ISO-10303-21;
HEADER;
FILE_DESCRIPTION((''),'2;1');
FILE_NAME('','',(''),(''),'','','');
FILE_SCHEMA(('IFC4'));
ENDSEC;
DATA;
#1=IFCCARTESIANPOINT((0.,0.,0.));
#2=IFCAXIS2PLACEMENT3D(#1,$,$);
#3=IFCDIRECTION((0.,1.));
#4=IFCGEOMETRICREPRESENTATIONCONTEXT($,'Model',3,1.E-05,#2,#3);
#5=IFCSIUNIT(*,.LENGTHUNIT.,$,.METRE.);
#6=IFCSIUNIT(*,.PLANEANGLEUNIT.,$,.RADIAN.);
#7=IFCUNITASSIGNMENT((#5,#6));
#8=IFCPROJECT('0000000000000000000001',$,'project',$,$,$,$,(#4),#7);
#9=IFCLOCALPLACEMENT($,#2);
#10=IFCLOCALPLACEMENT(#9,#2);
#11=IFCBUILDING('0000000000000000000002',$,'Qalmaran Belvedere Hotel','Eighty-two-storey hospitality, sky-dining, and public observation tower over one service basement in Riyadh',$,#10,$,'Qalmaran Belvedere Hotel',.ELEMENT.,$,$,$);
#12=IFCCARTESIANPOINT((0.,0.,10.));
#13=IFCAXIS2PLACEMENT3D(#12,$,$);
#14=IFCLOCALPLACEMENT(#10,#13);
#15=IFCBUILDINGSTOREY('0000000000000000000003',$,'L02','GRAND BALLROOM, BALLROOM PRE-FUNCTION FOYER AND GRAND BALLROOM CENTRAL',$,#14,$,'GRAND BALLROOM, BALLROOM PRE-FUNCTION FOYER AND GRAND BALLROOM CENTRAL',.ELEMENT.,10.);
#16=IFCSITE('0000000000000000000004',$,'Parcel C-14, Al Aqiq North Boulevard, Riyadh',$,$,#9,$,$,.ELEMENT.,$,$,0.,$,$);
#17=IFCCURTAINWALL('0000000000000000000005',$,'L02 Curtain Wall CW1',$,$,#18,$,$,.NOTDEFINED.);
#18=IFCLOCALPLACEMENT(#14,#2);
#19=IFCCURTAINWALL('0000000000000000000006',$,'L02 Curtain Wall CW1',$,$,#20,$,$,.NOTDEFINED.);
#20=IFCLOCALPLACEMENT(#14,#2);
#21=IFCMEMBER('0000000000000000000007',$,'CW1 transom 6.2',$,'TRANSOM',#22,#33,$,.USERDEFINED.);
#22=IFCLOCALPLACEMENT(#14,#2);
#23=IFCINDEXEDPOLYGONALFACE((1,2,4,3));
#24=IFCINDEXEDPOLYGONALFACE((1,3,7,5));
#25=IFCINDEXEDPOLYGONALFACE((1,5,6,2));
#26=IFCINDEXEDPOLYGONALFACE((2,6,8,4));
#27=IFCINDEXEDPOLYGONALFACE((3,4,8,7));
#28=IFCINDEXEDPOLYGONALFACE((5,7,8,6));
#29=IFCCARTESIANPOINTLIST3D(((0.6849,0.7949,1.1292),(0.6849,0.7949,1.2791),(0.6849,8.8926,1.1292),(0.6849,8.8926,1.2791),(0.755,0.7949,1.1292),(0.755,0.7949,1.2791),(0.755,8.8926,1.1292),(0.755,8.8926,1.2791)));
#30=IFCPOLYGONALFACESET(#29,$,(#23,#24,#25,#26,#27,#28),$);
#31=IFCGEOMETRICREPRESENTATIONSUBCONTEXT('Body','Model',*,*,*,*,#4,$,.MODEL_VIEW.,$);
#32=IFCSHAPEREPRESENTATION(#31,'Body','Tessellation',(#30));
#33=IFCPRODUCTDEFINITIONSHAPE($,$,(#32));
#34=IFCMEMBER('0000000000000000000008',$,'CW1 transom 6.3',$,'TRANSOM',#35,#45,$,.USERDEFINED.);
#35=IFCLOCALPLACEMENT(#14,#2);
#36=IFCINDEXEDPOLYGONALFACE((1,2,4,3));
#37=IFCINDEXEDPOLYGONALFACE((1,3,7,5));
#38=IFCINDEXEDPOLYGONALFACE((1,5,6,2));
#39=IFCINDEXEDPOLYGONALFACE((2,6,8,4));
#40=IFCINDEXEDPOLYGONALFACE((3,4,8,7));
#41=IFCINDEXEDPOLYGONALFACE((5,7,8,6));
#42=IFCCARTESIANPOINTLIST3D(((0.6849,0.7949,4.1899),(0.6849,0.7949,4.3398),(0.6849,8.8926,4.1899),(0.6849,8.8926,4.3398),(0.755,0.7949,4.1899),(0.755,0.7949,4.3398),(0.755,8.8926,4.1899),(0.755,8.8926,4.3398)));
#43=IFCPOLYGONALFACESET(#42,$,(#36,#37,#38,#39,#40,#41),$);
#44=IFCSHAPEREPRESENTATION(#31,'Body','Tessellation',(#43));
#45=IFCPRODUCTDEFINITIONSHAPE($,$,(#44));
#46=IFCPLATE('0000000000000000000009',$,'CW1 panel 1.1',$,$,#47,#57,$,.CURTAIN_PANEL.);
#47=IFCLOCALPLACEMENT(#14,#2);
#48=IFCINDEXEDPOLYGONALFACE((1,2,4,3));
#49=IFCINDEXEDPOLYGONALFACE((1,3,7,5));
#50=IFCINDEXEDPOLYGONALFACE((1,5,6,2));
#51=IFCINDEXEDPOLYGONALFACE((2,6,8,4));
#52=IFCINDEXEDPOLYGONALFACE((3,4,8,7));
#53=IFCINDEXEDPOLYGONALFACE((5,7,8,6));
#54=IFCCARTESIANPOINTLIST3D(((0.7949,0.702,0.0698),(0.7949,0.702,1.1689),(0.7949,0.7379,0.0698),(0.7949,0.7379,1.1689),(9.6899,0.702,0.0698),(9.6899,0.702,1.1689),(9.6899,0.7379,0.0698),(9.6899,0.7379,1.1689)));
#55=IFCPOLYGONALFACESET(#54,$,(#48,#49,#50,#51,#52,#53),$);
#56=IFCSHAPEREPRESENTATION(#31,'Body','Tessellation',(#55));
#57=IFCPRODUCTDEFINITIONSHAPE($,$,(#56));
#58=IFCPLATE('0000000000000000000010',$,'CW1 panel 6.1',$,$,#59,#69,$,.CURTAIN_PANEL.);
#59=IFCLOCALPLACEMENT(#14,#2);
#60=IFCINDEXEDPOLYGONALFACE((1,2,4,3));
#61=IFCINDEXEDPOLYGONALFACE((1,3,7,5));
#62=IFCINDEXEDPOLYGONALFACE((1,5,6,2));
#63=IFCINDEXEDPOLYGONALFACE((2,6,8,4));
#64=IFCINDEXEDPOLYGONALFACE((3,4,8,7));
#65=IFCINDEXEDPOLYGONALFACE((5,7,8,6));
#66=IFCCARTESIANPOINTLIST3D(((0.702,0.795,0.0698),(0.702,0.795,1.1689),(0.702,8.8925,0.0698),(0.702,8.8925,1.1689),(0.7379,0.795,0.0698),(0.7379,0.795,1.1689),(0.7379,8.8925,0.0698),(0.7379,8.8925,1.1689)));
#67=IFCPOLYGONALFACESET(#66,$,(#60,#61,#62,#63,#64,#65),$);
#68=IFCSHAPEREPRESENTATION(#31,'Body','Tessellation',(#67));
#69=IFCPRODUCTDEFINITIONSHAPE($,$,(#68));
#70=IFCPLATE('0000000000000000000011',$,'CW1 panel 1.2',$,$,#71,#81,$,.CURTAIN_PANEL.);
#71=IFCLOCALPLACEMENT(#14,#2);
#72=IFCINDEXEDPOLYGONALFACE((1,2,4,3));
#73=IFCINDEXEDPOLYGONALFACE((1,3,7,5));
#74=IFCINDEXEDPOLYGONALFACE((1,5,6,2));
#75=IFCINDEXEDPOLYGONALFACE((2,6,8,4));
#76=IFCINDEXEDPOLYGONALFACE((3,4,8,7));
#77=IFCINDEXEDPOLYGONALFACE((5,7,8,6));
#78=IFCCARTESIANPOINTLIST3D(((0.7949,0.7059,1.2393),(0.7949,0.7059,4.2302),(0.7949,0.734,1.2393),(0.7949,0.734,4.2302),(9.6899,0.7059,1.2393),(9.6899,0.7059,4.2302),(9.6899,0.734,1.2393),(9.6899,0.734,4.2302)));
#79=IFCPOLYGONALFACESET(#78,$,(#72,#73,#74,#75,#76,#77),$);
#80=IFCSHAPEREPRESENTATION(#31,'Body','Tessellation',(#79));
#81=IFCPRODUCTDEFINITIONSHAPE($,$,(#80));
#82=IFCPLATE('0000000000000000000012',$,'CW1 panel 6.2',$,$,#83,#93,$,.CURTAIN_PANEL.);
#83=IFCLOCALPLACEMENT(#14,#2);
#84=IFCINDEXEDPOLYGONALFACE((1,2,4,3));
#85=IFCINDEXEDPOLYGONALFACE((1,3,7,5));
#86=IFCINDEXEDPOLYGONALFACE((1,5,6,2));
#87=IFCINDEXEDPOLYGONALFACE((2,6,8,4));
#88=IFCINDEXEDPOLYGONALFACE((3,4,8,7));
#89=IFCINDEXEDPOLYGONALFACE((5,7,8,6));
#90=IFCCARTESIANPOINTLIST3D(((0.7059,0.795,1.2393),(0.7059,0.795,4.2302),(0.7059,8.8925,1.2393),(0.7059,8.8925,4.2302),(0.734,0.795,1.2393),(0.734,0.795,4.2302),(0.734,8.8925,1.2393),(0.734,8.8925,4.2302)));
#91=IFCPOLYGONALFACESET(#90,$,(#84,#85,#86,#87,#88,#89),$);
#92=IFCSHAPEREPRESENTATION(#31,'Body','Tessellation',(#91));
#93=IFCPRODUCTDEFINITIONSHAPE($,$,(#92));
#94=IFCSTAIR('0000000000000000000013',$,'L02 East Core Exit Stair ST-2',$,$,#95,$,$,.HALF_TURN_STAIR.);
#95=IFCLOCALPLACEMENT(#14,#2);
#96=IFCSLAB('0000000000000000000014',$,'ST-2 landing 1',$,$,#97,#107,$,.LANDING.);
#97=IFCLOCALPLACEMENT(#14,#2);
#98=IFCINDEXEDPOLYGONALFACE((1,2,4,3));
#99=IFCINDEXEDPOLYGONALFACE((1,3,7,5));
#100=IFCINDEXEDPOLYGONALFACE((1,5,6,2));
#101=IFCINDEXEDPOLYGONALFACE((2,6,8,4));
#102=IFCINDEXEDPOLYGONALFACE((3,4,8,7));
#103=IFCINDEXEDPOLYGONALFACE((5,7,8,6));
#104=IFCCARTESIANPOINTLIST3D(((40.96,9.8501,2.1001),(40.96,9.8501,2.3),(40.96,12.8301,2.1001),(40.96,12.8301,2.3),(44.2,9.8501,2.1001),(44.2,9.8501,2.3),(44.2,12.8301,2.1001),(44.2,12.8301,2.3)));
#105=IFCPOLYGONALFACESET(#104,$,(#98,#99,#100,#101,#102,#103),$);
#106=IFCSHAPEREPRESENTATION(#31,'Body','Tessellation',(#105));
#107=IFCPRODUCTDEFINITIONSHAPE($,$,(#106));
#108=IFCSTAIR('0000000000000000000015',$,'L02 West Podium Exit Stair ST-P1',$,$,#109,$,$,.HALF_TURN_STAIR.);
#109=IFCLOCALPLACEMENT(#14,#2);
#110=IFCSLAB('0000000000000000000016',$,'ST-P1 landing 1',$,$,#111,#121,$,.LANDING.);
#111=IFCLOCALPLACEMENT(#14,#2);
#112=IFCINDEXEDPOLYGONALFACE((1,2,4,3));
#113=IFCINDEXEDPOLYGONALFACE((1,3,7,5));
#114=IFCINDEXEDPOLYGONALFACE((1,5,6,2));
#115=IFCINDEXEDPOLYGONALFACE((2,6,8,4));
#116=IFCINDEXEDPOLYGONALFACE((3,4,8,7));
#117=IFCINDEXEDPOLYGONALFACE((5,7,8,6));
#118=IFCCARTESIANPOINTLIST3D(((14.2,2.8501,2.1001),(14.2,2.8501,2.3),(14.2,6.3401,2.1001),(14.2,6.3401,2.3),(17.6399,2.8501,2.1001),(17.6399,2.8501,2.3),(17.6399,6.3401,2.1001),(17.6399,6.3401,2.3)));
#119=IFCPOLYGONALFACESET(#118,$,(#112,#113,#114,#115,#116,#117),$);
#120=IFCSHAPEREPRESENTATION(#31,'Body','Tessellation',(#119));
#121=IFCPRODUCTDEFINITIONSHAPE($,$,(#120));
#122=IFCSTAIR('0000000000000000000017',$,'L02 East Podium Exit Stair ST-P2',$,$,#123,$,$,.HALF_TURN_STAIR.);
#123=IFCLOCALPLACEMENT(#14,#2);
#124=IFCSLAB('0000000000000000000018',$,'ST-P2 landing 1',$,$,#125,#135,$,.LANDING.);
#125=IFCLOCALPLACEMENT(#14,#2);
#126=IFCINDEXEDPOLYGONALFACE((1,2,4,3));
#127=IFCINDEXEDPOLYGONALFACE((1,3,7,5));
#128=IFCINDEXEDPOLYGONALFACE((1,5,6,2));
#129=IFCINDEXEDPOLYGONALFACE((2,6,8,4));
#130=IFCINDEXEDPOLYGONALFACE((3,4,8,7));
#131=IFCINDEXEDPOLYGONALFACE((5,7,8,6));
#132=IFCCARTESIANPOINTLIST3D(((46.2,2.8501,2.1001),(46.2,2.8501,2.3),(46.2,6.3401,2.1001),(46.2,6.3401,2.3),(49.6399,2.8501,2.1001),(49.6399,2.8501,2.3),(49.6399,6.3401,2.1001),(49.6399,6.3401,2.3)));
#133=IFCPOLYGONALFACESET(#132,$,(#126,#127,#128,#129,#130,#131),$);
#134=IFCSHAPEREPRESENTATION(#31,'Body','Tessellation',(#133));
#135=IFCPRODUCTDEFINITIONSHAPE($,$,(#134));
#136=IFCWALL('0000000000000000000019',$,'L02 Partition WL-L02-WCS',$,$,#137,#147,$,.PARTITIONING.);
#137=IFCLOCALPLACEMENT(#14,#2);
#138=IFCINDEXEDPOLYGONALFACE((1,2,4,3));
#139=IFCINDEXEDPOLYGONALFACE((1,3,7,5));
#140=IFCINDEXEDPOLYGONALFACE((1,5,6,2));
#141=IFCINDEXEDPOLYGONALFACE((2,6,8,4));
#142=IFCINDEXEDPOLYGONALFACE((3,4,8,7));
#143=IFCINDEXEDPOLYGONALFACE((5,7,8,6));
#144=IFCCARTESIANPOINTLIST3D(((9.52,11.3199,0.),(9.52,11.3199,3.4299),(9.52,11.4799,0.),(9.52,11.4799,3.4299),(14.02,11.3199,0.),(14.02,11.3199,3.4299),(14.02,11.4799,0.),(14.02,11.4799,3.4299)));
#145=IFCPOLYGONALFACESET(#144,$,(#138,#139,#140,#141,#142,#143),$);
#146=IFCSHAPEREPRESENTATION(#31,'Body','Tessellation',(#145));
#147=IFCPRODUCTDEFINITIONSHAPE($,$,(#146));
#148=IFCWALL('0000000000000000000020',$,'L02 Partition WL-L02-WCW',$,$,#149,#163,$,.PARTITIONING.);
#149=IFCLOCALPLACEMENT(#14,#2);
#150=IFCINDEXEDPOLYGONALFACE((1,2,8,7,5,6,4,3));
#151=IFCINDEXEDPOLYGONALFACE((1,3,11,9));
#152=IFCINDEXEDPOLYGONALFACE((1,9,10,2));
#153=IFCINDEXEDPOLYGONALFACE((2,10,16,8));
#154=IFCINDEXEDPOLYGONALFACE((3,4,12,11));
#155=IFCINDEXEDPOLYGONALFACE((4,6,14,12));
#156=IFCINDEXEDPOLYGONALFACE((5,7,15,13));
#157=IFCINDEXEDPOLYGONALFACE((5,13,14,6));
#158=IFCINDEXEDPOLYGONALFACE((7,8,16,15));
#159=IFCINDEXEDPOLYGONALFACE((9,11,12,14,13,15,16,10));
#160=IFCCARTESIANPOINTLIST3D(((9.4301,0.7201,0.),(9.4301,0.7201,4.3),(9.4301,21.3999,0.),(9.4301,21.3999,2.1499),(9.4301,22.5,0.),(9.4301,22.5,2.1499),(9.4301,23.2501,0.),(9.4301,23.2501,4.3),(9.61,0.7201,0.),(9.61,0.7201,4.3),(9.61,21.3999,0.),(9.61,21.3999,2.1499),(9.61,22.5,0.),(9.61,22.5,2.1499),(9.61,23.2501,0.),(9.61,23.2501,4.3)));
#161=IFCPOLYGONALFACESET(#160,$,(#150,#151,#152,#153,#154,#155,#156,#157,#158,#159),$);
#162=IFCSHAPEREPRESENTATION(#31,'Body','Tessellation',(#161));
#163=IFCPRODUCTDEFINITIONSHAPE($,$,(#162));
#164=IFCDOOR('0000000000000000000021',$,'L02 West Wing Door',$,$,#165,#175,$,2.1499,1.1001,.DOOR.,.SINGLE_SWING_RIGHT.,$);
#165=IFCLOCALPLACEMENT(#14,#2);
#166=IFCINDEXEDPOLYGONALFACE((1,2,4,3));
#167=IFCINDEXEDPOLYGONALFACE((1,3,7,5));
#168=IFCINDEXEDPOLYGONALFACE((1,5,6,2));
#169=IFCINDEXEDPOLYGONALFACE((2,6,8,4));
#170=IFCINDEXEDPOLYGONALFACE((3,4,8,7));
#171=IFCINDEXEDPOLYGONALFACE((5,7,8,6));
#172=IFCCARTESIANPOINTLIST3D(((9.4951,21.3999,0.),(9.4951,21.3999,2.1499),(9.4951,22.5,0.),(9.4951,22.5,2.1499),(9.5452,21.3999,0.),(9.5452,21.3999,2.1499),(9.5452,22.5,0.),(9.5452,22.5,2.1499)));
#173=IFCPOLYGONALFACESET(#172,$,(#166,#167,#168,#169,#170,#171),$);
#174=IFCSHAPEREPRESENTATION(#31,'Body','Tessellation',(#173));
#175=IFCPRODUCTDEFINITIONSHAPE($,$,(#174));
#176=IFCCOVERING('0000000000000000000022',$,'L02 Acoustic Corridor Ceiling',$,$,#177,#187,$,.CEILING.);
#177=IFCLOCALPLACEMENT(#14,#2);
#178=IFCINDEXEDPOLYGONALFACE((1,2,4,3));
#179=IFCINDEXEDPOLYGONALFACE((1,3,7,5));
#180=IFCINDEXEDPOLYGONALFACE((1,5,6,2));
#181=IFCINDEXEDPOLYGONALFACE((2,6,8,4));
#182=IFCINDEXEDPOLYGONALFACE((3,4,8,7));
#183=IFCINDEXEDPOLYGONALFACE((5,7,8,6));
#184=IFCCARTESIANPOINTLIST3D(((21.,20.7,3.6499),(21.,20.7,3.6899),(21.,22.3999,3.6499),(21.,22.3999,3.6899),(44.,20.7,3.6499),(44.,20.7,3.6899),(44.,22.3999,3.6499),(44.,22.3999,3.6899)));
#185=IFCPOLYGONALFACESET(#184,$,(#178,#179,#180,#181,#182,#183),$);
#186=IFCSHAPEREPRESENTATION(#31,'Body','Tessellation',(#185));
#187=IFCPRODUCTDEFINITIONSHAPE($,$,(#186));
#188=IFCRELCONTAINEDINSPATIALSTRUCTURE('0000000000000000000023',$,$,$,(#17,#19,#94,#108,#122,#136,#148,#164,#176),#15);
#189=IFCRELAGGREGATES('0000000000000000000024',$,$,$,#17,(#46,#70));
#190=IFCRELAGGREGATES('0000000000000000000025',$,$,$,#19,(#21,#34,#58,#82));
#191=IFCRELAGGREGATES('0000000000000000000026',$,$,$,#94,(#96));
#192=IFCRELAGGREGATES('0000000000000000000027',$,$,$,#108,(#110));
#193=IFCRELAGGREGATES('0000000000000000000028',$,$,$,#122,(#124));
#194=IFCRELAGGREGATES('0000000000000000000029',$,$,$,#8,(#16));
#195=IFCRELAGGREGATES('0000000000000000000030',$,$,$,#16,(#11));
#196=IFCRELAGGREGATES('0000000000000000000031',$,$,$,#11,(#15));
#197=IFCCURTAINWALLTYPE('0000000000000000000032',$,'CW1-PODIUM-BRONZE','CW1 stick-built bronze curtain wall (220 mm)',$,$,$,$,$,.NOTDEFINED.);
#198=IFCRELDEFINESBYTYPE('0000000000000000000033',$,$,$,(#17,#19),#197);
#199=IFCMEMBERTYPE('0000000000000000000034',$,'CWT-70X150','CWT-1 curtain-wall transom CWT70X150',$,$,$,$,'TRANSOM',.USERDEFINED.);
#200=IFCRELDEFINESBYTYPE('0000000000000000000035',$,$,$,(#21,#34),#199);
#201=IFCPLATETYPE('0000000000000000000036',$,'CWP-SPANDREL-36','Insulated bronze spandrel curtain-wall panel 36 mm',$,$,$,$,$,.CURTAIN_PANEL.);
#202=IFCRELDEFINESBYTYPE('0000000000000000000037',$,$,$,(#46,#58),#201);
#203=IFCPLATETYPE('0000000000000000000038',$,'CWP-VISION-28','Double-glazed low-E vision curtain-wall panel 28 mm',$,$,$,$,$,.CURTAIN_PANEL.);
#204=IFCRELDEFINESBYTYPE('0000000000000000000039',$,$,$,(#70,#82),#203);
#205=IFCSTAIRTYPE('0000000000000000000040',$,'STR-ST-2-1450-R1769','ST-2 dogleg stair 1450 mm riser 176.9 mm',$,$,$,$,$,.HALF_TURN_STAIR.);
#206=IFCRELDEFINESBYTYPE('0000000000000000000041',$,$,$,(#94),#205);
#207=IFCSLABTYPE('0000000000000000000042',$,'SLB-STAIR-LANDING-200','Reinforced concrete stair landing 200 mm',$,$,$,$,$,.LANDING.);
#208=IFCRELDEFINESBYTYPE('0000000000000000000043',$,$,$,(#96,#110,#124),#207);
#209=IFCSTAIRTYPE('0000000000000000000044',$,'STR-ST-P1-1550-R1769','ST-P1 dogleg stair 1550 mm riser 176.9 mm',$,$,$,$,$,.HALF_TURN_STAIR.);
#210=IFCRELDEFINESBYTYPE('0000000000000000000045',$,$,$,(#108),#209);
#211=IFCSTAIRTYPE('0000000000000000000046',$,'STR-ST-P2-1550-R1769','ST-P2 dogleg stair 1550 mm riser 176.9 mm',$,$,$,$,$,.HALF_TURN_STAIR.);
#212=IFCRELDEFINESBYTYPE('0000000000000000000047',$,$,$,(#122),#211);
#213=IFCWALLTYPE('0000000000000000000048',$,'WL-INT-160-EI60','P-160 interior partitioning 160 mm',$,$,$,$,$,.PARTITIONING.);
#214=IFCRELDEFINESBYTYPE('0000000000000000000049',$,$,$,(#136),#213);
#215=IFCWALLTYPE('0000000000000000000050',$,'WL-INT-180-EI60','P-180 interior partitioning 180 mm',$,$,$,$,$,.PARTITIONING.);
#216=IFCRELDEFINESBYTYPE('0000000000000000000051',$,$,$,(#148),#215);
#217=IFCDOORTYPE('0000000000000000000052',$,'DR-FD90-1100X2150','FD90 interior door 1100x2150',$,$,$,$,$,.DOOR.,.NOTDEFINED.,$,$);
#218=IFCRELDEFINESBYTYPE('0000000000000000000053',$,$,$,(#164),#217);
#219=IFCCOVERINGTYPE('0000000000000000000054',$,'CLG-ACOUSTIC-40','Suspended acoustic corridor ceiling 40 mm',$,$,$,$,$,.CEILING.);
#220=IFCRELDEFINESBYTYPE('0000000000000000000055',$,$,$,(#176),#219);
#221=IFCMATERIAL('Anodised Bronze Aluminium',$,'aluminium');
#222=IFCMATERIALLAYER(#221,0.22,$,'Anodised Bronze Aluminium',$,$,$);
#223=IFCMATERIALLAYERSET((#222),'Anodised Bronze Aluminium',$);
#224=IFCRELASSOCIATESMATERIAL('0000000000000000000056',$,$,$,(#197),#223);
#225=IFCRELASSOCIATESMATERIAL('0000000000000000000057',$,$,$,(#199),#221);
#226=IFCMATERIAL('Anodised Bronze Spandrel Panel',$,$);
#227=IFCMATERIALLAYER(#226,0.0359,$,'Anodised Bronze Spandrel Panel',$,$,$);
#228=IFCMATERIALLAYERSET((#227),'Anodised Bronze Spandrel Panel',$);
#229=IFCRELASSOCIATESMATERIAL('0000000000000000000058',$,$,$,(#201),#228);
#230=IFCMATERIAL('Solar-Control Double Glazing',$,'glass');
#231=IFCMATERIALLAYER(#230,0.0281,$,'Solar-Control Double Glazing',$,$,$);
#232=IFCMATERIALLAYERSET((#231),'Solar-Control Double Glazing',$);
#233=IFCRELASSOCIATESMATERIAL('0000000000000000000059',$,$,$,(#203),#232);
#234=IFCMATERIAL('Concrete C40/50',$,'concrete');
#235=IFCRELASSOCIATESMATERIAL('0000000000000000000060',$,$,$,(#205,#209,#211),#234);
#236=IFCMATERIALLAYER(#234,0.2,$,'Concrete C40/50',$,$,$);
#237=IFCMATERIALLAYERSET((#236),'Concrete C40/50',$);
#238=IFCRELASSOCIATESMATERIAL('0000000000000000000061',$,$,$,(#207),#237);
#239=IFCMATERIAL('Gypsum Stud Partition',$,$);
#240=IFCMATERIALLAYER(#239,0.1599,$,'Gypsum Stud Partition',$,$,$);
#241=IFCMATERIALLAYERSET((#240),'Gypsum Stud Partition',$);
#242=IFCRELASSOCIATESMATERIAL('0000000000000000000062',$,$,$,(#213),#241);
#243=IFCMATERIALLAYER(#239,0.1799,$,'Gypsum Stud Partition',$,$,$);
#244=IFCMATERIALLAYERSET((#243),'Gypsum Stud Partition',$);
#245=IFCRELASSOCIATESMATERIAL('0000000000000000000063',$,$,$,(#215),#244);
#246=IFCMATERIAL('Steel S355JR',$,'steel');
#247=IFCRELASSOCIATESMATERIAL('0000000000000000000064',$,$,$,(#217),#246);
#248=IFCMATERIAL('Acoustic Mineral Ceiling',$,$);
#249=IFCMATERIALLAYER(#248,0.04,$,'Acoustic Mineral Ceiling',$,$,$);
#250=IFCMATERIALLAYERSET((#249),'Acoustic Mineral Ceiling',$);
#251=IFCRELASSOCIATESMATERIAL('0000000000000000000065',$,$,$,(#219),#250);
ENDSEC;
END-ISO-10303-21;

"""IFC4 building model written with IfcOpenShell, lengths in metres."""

from ifc_helpers import new_model, si_unit, direction, frame, frame_2d, origin, origin_2d, place, context, subcontext, project, spatial, polyline, rectangle, outline, extrude, material, layer, layer_set, material_profile, profile_set, type_object, element, fill, aggregate, save


model = new_model("IFC4")

# Units and contexts
model_context = context("Model", 3, precision=1e-05, world=origin(), true_north=direction((0.0, 1.0)))
body_context = subcontext(model_context, "Body", "Model", "MODEL_VIEW")
ifc_project = project(units=[si_unit("LENGTHUNIT", "METRE"), si_unit("PLANEANGLEUNIT", "RADIAN")], contexts=[model_context])

# Site, building, storey
site_placement = place(None, origin())
site = spatial("IfcSite", under=ifc_project, at=site_placement, Name="Parcel C-14, Al Aqiq North Boulevard, Riyadh", CompositionType="ELEMENT", RefElevation=0.0)
building_placement = place(site_placement, origin())
building = spatial("IfcBuilding", under=site, at=building_placement, Name="Qalmaran Belvedere Hotel", Description="Eighty-two-storey hospitality, sky-dining, and public observation tower over one service basement in Riyadh", LongName="Qalmaran Belvedere Hotel", CompositionType="ELEMENT")
storey_placement = place(building_placement, frame((0.0, 0.0, 10.0)))
storey = spatial("IfcBuildingStorey", under=building, at=storey_placement, Name="L02", Description="GRAND BALLROOM, BALLROOM PRE-FUNCTION FOYER AND GRAND BALLROOM CENTRAL", LongName="GRAND BALLROOM, BALLROOM PRE-FUNCTION FOYER AND GRAND BALLROOM CENTRAL", CompositionType="ELEMENT", Elevation=10.0)

# Shared definitions
ifc_material_1 = material(Name="Steel S355JR", Category="steel")

# Curtain walls
ifc_material_2 = material(Name="Anodised Bronze Aluminium", Category="aluminium")
ifc_layer_1 = layer(ifc_material_2, 0.22, Name="Anodised Bronze Aluminium")
ifc_layer_set_1 = layer_set([ifc_layer_1], Name="Anodised Bronze Aluminium")
curtain_wall_type = type_object("IfcCurtainWallType", Name="CW1-PODIUM-BRONZE", Description="CW1 stick-built bronze curtain wall (220 mm)", PredefinedType="NOTDEFINED", material=ifc_layer_set_1)
curtain_wall_1_placement = place(storey_placement, origin())
curtain_wall_1 = element("IfcCurtainWall", 1, at=curtain_wall_1_placement, inside=storey, type_object=curtain_wall_type, Name="L02 Curtain Wall CW1", PredefinedType="NOTDEFINED")
curtain_wall_2_placement = place(storey_placement, origin())
curtain_wall_2 = element("IfcCurtainWall", 2, at=curtain_wall_2_placement, inside=storey, type_object=curtain_wall_type, Name="L02 Curtain Wall CW1", PredefinedType="NOTDEFINED")

# Members
ifc_material_profile_1 = material_profile(ifc_material_2, rectangle(XDim=0.0701, YDim=0.1499, at=origin_2d()), Name="CWT70X150")
ifc_profile_set_1 = profile_set([ifc_material_profile_1], Name="Anodised Bronze Aluminium")
member_type_1 = type_object("IfcMemberType", Name="CWT-70X150", Description="CWT-1 curtain-wall transom CWT70X150", ElementType="TRANSOM", PredefinedType="USERDEFINED", material=ifc_profile_set_1)
member_1_placement = place(storey_placement, frame((0.72, 8.8926, 1.2041), z_axis=(0.0, -1.0, 0.0), x_axis=(1.0, 0.0, 0.0)))
member_1 = element("IfcMember", 3, at=member_1_placement, type_object=member_type_1, Name="CW1 transom 6.2", ObjectType="TRANSOM", PredefinedType="USERDEFINED", context=body_context, shape_type="SweptSolid", body=[
    extrude(rectangle(XDim=0.0701, YDim=0.1499, at=origin_2d()), origin(), (0.0, 0.0, 1.0), 8.0977),
])
member_2_placement = place(storey_placement, frame((0.72, 8.8926, 4.2649), z_axis=(0.0, -1.0, 0.0), x_axis=(1.0, 0.0, 0.0)))
member_2 = element("IfcMember", 4, at=member_2_placement, type_object=member_type_1, Name="CW1 transom 6.3", ObjectType="TRANSOM", PredefinedType="USERDEFINED", context=body_context, shape_type="SweptSolid", body=[
    extrude(rectangle(XDim=0.0701, YDim=0.1499, at=origin_2d()), origin(), (0.0, 0.0, 1.0), 8.0977),
])

# Plates
ifc_material_3 = material(Name="Anodised Bronze Spandrel Panel")
ifc_layer_2 = layer(ifc_material_3, 0.0359, Name="Anodised Bronze Spandrel Panel")
ifc_layer_set_2 = layer_set([ifc_layer_2], Name="Anodised Bronze Spandrel Panel")
plate_type_1 = type_object("IfcPlateType", Name="CWP-SPANDREL-36", Description="Insulated bronze spandrel curtain-wall panel 36 mm", PredefinedType="CURTAIN_PANEL", material=ifc_layer_set_2)
plate_1_placement = place(storey_placement, frame((5.2424, 0.72, 0.0698), z_axis=(0.0, 0.0, 1.0), x_axis=(1.0, 0.0, 0.0)))
plate_1 = element("IfcPlate", 5, at=plate_1_placement, type_object=plate_type_1, Name="CW1 panel 1.1", PredefinedType="CURTAIN_PANEL", context=body_context, shape_type="SweptSolid", body=[
    extrude(rectangle(XDim=8.895, YDim=0.0359, at=origin_2d()), origin(), (0.0, 0.0, 1.0), 1.0991),
])
plate_2_placement = place(storey_placement, frame((0.72, 4.8438, 0.0698), z_axis=(0.0, 0.0, 1.0), x_axis=(0.0, -1.0, 0.0)))
plate_2 = element("IfcPlate", 6, at=plate_2_placement, type_object=plate_type_1, Name="CW1 panel 6.1", PredefinedType="CURTAIN_PANEL", context=body_context, shape_type="SweptSolid", body=[
    extrude(rectangle(XDim=8.0974, YDim=0.0359, at=origin_2d()), origin(), (0.0, 0.0, 1.0), 1.0991),
])
ifc_material_4 = material(Name="Solar-Control Double Glazing", Category="glass")
ifc_layer_3 = layer(ifc_material_4, 0.0281, Name="Solar-Control Double Glazing")
ifc_layer_set_3 = layer_set([ifc_layer_3], Name="Solar-Control Double Glazing")
plate_type_2 = type_object("IfcPlateType", Name="CWP-VISION-28", Description="Double-glazed low-E vision curtain-wall panel 28 mm", PredefinedType="CURTAIN_PANEL", material=ifc_layer_set_3)
plate_3_placement = place(storey_placement, frame((5.2424, 0.72, 1.2393), z_axis=(0.0, 0.0, 1.0), x_axis=(1.0, 0.0, 0.0)))
plate_3 = element("IfcPlate", 7, at=plate_3_placement, type_object=plate_type_2, Name="CW1 panel 1.2", PredefinedType="CURTAIN_PANEL", context=body_context, shape_type="SweptSolid", body=[
    extrude(rectangle(XDim=8.895, YDim=0.0281, at=origin_2d()), origin(), (0.0, 0.0, 1.0), 2.991),
])
aggregate(curtain_wall_1, [plate_1, plate_3])
plate_4_placement = place(storey_placement, frame((0.72, 4.8438, 1.2393), z_axis=(0.0, 0.0, 1.0), x_axis=(0.0, -1.0, 0.0)))
plate_4 = element("IfcPlate", 8, at=plate_4_placement, type_object=plate_type_2, Name="CW1 panel 6.2", PredefinedType="CURTAIN_PANEL", context=body_context, shape_type="SweptSolid", body=[
    extrude(rectangle(XDim=8.0974, YDim=0.0281, at=origin_2d()), origin(), (0.0, 0.0, 1.0), 2.991),
])
aggregate(curtain_wall_2, [member_1, member_2, plate_2, plate_4])

# Stairs, slabs
ifc_material_5 = material(Name="Concrete C40/50", Category="concrete")
stair_type_1 = type_object("IfcStairType", Name="STR-ST-2-1450-R1769", Description="ST-2 dogleg stair 1450 mm riser 176.9 mm", PredefinedType="HALF_TURN_STAIR", material=ifc_material_5)
stair_1_placement = place(storey_placement, origin())
stair_1 = element("IfcStair", 9, at=stair_1_placement, inside=storey, type_object=stair_type_1, Name="L02 East Core Exit Stair ST-2", PredefinedType="HALF_TURN_STAIR")
ifc_layer_4 = layer(ifc_material_5, 0.2, Name="Concrete C40/50")
ifc_layer_set_4 = layer_set([ifc_layer_4], Name="Concrete C40/50")
slab_type = type_object("IfcSlabType", Name="SLB-STAIR-LANDING-200", Description="Reinforced concrete stair landing 200 mm", PredefinedType="LANDING", material=ifc_layer_set_4)
slab_1_placement = place(storey_placement, frame((0.0, 0.0, 2.1001)))
slab_1 = element("IfcSlab", 10, at=slab_1_placement, type_object=slab_type, Name="ST-2 landing 1", PredefinedType="LANDING", context=body_context, shape_type="SweptSolid", body=[
    extrude(outline(polyline([(40.96, 12.8301), (40.96, 9.8501), (44.2, 9.8501), (44.2, 12.8301), (40.96, 12.8301)])), origin(), (0.0, 0.0, 1.0), 0.2),
])
aggregate(stair_1, [slab_1])
stair_type_2 = type_object("IfcStairType", Name="STR-ST-P1-1550-R1769", Description="ST-P1 dogleg stair 1550 mm riser 176.9 mm", PredefinedType="HALF_TURN_STAIR", material=ifc_material_5)
stair_2_placement = place(storey_placement, origin())
stair_2 = element("IfcStair", 11, at=stair_2_placement, inside=storey, type_object=stair_type_2, Name="L02 West Podium Exit Stair ST-P1", PredefinedType="HALF_TURN_STAIR")
slab_2_placement = place(storey_placement, frame((0.0, 0.0, 2.1001)))
slab_2 = element("IfcSlab", 12, at=slab_2_placement, type_object=slab_type, Name="ST-P1 landing 1", PredefinedType="LANDING", context=body_context, shape_type="SweptSolid", body=[
    extrude(outline(polyline([(14.2, 6.3401), (14.2, 2.8501), (17.6399, 2.8501), (17.6399, 6.3401), (14.2, 6.3401)])), origin(), (0.0, 0.0, 1.0), 0.2),
])
aggregate(stair_2, [slab_2])
stair_type_3 = type_object("IfcStairType", Name="STR-ST-P2-1550-R1769", Description="ST-P2 dogleg stair 1550 mm riser 176.9 mm", PredefinedType="HALF_TURN_STAIR", material=ifc_material_5)
stair_3_placement = place(storey_placement, origin())
stair_3 = element("IfcStair", 13, at=stair_3_placement, inside=storey, type_object=stair_type_3, Name="L02 East Podium Exit Stair ST-P2", PredefinedType="HALF_TURN_STAIR")
slab_3_placement = place(storey_placement, frame((0.0, 0.0, 2.1001)))
slab_3 = element("IfcSlab", 14, at=slab_3_placement, type_object=slab_type, Name="ST-P2 landing 1", PredefinedType="LANDING", context=body_context, shape_type="SweptSolid", body=[
    extrude(outline(polyline([(46.2, 6.3401), (46.2, 2.8501), (49.6399, 2.8501), (49.6399, 6.3401), (46.2, 6.3401)])), origin(), (0.0, 0.0, 1.0), 0.2),
])
aggregate(stair_3, [slab_3])

# Wall
ifc_material_6 = material(Name="Gypsum Stud Partition")
ifc_layer_5 = layer(ifc_material_6, 0.1599, Name="Gypsum Stud Partition")
ifc_layer_set_5 = layer_set([ifc_layer_5], Name="Gypsum Stud Partition")
wall_type_1 = type_object("IfcWallType", Name="WL-INT-160-EI60", Description="P-160 interior partitioning 160 mm", PredefinedType="PARTITIONING", material=ifc_layer_set_5)
wall_1_placement = place(storey_placement, frame((9.52, 11.3999, 0.0), z_axis=(0.0, 0.0, 1.0), x_axis=(1.0, 0.0, 0.0)))
element("IfcWall", 15, at=wall_1_placement, inside=storey, type_object=wall_type_1, Name="L02 Partition WL-L02-WCS", PredefinedType="PARTITIONING", context=body_context, shape_type="SweptSolid", body=[
    extrude(rectangle(XDim=4.5, YDim=0.1599, at=frame_2d((2.25, 0.0))), origin(), (0.0, 0.0, 1.0), 3.4299),
])

# Wall, opening, door
ifc_layer_6 = layer(ifc_material_6, 0.1799, Name="Gypsum Stud Partition")
ifc_layer_set_6 = layer_set([ifc_layer_6], Name="Gypsum Stud Partition")
wall_type_2 = type_object("IfcWallType", Name="WL-INT-180-EI60", Description="P-180 interior partitioning 180 mm", PredefinedType="PARTITIONING", material=ifc_layer_set_6)
wall_2_placement = place(storey_placement, frame((9.52, 0.72, 0.0), z_axis=(0.0, 0.0, 1.0), x_axis=(0.0, 1.0, 0.0)))
wall_2 = element("IfcWall", 16, at=wall_2_placement, inside=storey, type_object=wall_type_2, Name="L02 Partition WL-L02-WCW", PredefinedType="PARTITIONING", context=body_context, shape_type="SweptSolid", body=[
    extrude(rectangle(XDim=22.53, YDim=0.1799, at=frame_2d((11.2651, 0.0))), origin(), (0.0, 0.0, 1.0), 4.3),
])
opening_placement = place(wall_2_placement, frame((20.6799, 0.0, 0.0)))
opening = element("IfcOpeningElement", 17, at=opening_placement, cuts=wall_2, PredefinedType="OPENING", context=body_context, shape_type="SweptSolid", body=[
    extrude(rectangle(XDim=1.1001, YDim=2.1499, at=frame_2d((0.55, 1.075))), frame((0.0, 0.1001, 0.0), z_axis=(0.0, -1.0, 0.0), x_axis=(1.0, 0.0, 0.0)), (0.0, 0.0, 1.0), 0.2),
])
door_type = type_object("IfcDoorType", Name="DR-FD90-1100X2150", Description="FD90 interior door 1100x2150", OperationType="NOTDEFINED", PredefinedType="DOOR", material=ifc_material_1)
door_placement = place(opening_placement, origin())
door = element("IfcDoor", 18, at=door_placement, inside=storey, type_object=door_type, Name="L02 West Wing Door", OperationType="SINGLE_SWING_RIGHT", OverallHeight=2.1499, OverallWidth=1.1001, PredefinedType="DOOR", context=body_context, shape_type="SweptSolid", body=[
    extrude(rectangle(XDim=1.1001, YDim=2.1499, at=frame_2d((0.55, 1.075))), frame((0.0, 0.0249, 0.0), z_axis=(0.0, -1.0, 0.0), x_axis=(1.0, 0.0, 0.0)), (0.0, 0.0, 1.0), 0.05),
])
fill(opening, door)

# Covering
ifc_material_7 = material(Name="Acoustic Mineral Ceiling")
ifc_layer_7 = layer(ifc_material_7, 0.04, Name="Acoustic Mineral Ceiling")
ifc_layer_set_7 = layer_set([ifc_layer_7], Name="Acoustic Mineral Ceiling")
covering_type_1 = type_object("IfcCoveringType", Name="CLG-ACOUSTIC-40", Description="Suspended acoustic corridor ceiling 40 mm", PredefinedType="CEILING", material=ifc_layer_set_7)
covering_1_placement = place(storey_placement, frame((0.0, 0.0, 3.6499)))
element("IfcCovering", 19, at=covering_1_placement, inside=storey, type_object=covering_type_1, Name="L02 Acoustic Corridor Ceiling", PredefinedType="CEILING", context=body_context, shape_type="SweptSolid", body=[
    extrude(outline(polyline([(21.0, 20.7), (44.0, 20.7), (44.0, 22.3999), (21.0, 22.3999), (21.0, 20.7)])), origin(), (0.0, 0.0, 1.0), 0.04),
])

save(model, "model.ifc")
